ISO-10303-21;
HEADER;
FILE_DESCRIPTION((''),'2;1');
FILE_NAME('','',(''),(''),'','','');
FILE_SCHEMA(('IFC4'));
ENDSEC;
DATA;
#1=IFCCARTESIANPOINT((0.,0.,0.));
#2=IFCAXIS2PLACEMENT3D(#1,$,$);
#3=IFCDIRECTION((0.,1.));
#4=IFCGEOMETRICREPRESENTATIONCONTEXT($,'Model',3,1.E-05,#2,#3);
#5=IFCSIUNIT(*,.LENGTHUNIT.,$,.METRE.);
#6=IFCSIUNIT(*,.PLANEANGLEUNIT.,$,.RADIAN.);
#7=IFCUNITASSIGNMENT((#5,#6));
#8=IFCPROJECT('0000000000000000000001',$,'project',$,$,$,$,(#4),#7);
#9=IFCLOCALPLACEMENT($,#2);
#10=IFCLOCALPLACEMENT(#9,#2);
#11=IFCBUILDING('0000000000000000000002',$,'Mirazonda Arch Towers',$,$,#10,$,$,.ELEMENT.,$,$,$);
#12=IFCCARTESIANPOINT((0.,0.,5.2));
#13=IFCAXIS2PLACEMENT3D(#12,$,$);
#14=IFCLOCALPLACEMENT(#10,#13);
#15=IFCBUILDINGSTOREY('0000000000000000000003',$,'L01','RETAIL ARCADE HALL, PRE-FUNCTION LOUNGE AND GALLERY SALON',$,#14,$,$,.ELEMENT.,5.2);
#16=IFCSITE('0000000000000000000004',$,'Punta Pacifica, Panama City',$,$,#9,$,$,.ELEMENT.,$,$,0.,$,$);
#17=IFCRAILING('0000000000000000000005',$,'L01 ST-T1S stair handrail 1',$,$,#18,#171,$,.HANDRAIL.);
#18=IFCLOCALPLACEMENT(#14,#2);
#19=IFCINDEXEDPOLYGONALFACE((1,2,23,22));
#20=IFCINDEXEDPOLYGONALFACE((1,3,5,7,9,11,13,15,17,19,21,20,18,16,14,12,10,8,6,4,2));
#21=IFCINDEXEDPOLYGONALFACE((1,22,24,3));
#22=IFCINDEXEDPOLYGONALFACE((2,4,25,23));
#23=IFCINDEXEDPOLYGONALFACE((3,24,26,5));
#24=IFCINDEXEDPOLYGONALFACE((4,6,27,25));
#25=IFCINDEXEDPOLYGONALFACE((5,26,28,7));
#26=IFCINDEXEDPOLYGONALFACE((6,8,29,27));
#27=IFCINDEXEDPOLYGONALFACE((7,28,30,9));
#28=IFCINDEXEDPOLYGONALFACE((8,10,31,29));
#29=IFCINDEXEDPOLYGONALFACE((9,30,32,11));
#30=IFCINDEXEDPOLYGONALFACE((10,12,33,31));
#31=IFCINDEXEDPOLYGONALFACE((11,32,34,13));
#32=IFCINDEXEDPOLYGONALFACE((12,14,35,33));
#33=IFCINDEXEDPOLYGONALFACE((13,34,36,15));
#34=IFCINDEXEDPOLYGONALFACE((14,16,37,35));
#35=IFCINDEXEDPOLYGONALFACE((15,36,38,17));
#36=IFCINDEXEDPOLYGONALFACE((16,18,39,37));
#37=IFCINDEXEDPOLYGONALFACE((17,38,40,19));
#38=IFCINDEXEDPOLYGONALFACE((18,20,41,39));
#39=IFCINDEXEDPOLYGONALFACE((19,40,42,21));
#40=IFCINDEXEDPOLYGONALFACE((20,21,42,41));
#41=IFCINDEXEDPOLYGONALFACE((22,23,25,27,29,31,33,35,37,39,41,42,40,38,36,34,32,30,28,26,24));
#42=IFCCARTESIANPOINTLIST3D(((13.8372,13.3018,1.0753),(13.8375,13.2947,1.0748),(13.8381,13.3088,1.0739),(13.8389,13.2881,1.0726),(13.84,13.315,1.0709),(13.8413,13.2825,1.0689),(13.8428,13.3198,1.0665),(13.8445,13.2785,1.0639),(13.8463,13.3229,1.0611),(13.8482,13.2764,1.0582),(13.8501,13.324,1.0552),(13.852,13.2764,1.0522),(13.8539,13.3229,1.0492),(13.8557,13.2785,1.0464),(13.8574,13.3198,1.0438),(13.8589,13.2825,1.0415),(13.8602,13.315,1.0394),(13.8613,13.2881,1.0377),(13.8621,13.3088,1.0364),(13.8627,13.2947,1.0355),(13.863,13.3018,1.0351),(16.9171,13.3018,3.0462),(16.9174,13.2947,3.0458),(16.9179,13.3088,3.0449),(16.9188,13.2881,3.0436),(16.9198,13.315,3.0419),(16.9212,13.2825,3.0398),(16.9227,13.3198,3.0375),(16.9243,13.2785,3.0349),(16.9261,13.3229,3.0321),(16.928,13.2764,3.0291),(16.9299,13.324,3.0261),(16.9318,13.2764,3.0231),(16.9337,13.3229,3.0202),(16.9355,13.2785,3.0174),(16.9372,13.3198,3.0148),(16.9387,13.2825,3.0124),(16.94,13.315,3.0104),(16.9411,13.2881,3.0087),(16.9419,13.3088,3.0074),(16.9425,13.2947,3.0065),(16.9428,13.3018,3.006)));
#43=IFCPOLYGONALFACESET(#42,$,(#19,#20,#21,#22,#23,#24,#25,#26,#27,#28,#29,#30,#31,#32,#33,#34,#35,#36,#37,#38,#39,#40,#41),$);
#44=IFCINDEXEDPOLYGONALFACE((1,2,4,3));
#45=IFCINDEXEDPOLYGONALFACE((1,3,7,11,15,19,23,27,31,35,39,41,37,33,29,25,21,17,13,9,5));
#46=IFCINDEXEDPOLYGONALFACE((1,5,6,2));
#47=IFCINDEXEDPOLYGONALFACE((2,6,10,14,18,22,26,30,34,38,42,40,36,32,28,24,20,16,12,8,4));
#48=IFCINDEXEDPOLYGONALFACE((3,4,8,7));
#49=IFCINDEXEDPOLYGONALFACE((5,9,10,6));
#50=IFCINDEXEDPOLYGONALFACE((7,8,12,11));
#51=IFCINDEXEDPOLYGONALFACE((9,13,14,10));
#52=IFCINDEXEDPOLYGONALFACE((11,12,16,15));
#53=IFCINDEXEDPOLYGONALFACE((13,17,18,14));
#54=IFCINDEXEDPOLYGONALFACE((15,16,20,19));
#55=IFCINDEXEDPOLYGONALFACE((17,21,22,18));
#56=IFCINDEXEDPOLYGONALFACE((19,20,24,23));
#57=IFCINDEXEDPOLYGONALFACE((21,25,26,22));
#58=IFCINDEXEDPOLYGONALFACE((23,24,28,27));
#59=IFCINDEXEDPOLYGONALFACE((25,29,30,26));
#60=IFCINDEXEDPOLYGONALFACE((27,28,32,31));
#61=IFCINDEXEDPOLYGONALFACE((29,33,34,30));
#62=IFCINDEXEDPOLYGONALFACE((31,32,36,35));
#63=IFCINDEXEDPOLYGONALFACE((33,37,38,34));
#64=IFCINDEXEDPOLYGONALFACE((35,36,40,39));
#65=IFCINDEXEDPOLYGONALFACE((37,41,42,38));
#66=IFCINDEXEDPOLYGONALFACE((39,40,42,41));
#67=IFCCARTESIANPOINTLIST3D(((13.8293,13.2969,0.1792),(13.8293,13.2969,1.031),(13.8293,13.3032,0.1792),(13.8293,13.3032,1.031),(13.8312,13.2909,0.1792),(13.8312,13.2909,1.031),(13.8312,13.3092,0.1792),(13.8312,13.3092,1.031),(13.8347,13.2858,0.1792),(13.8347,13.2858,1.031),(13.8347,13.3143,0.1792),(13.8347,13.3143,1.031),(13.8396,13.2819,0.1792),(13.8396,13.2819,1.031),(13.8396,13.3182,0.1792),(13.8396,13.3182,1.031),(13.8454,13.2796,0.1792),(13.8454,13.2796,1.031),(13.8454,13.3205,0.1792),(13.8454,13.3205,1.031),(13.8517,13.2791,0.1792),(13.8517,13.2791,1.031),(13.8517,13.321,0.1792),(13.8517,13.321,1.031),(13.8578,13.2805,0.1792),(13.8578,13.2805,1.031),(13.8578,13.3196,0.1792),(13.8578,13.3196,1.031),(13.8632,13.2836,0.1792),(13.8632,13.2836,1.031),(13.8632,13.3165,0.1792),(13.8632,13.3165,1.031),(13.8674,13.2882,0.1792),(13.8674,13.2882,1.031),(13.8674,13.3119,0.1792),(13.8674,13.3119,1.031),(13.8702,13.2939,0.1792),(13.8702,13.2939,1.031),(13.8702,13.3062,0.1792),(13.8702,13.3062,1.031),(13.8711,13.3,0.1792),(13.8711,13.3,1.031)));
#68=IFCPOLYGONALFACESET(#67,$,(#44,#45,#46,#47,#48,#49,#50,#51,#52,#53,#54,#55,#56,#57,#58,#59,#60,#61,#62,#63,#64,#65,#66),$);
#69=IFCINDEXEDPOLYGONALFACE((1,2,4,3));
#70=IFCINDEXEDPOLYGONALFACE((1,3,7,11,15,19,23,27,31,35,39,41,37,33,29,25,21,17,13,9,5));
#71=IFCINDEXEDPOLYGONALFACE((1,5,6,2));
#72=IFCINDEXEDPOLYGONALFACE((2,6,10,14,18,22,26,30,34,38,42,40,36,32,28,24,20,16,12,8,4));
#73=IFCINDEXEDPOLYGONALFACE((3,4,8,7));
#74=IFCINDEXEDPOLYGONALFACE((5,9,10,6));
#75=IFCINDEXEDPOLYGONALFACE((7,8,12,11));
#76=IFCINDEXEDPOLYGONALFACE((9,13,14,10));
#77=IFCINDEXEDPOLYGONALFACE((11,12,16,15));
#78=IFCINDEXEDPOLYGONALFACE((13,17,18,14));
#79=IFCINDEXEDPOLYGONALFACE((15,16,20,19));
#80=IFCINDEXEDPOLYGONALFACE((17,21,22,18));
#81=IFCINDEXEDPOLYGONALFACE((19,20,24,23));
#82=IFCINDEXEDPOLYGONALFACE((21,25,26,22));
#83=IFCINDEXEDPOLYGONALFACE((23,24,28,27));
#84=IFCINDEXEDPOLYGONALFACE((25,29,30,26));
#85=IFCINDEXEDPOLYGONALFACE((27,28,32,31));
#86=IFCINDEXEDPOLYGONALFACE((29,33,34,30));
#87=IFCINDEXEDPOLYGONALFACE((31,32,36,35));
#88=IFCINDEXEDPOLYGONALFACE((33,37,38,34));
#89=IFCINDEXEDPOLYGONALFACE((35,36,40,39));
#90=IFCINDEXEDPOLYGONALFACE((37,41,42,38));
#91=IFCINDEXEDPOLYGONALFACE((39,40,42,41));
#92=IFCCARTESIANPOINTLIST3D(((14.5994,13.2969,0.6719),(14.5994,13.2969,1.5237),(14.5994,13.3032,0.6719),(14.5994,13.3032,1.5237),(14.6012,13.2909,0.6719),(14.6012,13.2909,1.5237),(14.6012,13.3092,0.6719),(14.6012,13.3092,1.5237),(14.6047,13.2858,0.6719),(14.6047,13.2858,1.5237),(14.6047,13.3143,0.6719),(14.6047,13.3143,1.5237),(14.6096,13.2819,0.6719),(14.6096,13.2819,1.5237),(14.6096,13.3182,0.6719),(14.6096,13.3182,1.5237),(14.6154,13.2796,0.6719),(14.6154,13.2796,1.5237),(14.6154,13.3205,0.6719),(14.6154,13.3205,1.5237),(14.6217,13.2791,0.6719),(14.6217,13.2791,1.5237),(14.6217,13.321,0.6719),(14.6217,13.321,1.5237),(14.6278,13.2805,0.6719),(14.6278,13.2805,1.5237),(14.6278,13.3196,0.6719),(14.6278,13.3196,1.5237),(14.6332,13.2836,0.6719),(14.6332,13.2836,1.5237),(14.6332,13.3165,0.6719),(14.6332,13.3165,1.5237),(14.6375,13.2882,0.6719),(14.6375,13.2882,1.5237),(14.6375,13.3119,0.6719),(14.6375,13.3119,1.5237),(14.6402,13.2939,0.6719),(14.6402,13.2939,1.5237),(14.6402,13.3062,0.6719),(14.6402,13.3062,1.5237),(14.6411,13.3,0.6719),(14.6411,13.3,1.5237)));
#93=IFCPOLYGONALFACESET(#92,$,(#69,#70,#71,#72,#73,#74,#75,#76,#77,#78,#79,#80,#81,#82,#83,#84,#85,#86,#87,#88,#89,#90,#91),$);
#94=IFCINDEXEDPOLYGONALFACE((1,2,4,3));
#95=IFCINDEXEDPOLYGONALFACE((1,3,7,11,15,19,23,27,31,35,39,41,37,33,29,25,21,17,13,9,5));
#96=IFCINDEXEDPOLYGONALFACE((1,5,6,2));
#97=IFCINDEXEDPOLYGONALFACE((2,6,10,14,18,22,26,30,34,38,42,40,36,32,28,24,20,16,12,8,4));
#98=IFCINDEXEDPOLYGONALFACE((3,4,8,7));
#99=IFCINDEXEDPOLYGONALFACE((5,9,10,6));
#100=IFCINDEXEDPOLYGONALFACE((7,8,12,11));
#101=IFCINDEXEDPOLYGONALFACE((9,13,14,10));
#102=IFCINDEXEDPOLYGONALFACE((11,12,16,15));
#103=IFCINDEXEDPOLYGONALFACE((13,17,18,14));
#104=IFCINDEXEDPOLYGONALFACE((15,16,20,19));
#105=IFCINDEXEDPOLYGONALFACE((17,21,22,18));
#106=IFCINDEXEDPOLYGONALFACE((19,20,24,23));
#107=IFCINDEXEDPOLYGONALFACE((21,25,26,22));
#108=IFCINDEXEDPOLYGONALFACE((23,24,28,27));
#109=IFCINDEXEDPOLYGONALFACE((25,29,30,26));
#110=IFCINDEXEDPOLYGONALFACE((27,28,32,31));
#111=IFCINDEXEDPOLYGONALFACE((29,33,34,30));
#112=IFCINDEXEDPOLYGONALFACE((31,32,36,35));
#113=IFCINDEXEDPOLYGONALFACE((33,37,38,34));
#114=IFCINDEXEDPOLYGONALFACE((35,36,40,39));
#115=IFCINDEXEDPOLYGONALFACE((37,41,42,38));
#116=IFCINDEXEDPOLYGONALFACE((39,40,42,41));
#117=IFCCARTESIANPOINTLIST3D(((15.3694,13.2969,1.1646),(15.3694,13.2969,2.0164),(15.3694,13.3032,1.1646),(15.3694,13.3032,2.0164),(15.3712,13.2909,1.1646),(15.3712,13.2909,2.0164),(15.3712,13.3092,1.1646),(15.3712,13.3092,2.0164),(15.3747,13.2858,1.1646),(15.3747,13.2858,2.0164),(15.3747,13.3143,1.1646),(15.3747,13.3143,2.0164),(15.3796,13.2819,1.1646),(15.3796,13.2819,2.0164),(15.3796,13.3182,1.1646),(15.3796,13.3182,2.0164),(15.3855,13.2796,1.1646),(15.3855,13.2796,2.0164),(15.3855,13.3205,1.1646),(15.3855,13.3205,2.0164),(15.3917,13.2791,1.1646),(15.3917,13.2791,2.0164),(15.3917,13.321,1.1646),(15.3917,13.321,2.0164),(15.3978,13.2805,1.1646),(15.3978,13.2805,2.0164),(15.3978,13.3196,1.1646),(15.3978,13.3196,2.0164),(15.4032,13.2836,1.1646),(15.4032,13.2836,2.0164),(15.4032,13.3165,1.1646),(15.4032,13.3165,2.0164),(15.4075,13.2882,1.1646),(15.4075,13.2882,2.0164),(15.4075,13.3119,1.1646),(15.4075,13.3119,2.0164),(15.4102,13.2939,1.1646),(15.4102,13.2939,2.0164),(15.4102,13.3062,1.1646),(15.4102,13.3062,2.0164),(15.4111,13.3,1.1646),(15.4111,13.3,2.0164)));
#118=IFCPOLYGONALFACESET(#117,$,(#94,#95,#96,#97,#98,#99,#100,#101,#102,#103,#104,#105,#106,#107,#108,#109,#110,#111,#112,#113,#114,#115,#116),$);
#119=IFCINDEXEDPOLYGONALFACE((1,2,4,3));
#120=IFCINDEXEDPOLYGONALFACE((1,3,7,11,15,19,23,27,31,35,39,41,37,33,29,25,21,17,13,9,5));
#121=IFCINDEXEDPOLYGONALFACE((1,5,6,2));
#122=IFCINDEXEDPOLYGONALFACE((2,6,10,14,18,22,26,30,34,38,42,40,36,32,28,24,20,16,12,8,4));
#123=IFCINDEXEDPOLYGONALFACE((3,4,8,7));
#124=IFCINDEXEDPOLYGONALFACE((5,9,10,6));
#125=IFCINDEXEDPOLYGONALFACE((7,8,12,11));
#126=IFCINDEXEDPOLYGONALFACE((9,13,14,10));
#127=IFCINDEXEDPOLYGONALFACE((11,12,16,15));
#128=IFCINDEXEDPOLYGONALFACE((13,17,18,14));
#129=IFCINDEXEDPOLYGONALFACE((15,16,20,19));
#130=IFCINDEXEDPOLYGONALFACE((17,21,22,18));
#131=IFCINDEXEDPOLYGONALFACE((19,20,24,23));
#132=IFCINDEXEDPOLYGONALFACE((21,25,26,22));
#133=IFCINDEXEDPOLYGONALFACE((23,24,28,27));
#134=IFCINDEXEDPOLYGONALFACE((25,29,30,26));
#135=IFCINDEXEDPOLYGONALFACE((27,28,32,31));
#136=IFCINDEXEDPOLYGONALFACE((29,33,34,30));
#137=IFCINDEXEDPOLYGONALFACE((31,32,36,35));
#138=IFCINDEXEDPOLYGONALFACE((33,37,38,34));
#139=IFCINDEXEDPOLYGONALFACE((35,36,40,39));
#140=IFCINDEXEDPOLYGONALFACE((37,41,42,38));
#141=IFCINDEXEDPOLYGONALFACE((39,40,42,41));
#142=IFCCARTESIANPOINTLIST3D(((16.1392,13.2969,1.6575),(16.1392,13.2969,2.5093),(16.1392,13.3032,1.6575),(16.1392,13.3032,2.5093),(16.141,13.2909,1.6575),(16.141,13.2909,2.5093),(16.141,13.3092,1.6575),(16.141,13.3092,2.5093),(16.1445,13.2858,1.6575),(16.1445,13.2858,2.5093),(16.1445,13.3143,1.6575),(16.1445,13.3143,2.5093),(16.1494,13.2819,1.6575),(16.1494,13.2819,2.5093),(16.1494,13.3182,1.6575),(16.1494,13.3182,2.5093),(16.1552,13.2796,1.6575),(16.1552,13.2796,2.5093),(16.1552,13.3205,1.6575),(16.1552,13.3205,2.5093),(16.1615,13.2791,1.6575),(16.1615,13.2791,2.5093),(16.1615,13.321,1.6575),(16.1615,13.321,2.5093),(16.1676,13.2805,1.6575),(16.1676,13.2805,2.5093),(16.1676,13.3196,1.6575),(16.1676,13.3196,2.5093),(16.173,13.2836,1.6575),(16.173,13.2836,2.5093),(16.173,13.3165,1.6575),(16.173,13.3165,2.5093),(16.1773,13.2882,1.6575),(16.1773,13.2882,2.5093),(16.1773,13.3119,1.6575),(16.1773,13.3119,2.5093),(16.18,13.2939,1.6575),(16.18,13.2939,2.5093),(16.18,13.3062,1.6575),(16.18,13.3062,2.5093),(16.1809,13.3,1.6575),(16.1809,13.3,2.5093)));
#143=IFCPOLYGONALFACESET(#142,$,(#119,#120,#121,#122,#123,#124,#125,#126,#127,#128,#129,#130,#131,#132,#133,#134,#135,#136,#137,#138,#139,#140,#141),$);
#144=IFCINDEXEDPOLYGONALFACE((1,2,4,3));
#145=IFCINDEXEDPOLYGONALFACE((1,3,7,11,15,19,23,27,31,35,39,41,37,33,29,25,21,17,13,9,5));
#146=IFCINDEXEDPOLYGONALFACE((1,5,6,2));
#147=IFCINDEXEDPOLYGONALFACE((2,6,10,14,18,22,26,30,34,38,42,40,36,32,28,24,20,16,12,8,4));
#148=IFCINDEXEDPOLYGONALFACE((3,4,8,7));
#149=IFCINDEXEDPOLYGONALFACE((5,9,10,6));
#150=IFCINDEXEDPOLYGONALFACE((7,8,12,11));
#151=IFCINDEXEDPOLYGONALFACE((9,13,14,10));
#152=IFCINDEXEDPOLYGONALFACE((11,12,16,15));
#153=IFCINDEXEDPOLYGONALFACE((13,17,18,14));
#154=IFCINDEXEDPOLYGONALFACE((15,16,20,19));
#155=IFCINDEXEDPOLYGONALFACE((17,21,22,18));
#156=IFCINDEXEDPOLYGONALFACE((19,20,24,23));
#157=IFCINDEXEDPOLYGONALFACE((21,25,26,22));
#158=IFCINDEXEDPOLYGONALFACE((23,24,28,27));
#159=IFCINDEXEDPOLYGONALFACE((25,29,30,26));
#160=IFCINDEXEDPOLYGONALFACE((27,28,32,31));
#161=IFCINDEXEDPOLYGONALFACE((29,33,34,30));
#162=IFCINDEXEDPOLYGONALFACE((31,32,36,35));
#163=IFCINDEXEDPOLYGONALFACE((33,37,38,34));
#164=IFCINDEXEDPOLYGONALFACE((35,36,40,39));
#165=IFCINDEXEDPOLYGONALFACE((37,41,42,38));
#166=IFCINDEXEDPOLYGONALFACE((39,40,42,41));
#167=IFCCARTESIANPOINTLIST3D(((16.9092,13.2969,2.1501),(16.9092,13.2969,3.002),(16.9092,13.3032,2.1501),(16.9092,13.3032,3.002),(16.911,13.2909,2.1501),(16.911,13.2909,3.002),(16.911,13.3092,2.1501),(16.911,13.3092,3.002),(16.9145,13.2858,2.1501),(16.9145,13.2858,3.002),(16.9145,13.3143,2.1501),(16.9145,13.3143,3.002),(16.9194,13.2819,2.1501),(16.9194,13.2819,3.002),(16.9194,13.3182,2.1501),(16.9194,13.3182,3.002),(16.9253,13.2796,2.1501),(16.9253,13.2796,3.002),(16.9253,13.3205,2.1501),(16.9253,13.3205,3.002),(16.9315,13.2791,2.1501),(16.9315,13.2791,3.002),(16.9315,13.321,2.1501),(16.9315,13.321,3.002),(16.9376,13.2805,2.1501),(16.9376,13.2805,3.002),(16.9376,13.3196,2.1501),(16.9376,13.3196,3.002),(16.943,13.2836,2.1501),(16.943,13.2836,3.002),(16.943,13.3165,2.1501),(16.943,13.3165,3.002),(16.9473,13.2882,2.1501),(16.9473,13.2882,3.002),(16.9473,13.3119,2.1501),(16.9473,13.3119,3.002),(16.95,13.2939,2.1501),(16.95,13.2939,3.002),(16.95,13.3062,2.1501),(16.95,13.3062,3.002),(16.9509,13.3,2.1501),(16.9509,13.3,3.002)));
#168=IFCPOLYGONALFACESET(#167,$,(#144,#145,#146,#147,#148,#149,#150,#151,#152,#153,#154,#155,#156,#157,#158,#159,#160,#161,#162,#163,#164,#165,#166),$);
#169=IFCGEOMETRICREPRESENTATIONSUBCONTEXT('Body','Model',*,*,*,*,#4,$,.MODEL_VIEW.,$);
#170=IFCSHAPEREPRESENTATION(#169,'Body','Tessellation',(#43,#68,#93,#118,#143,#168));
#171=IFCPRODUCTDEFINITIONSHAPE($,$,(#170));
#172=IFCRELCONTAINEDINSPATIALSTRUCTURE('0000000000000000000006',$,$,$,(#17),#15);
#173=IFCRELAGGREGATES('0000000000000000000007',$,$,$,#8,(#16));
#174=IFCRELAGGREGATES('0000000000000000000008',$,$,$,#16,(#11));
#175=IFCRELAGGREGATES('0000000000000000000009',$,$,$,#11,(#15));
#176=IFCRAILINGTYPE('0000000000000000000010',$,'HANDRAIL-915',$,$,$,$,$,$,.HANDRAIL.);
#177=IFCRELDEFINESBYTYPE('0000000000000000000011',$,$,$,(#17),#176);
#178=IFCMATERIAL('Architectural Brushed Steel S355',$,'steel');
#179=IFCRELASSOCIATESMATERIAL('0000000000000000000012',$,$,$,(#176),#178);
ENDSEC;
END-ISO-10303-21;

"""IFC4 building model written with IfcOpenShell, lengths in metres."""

from ifc_helpers import new_model, si_unit, direction, frame, origin, origin_2d, place, context, subcontext, project, spatial, circle, extrude, material, type_object, element, save


model = new_model("IFC4")

# Units and contexts
model_context = context("Model", 3, precision=1e-05, world=origin(), true_north=direction((0.0, 1.0)))
body_context = subcontext(model_context, "Body", "Model", "MODEL_VIEW")
ifc_project = project(units=[si_unit("LENGTHUNIT", "METRE"), si_unit("PLANEANGLEUNIT", "RADIAN")], contexts=[model_context])

# Site, building, storey
site_placement = place(None, origin())
site = spatial("IfcSite", under=ifc_project, at=site_placement, Name="Punta Pacifica, Panama City", CompositionType="ELEMENT", RefElevation=0.0)
building_placement = place(site_placement, origin())
building = spatial("IfcBuilding", under=site, at=building_placement, Name="Mirazonda Arch Towers", CompositionType="ELEMENT")
storey_placement = place(building_placement, frame((0.0, 0.0, 5.2)))
storey = spatial("IfcBuildingStorey", under=building, at=storey_placement, Name="L01", Description="RETAIL ARCADE HALL, PRE-FUNCTION LOUNGE AND GALLERY SALON", CompositionType="ELEMENT", Elevation=5.2)

# Shared definitions
ifc_material_1 = material(Name="Architectural Brushed Steel S355", Category="steel")

# Railing
railing_type_1 = type_object("IfcRailingType", Name="HANDRAIL-915", PredefinedType="HANDRAIL", material=ifc_material_1)
railing_1_placement = place(storey_placement, frame((13.8501, 13.3, 0.1792)))
element("IfcRailing", 1, at=railing_1_placement, inside=storey, type_object=railing_type_1, Name="L01 ST-T1S stair handrail 1", PredefinedType="HANDRAIL", context=body_context, shape_type="SweptSolid", body=[
    extrude(circle(Radius=0.0239, at=origin_2d()), frame((0.0, 0.0, 0.876), z_axis=(0.84229, 0.0, 0.539025), x_axis=(0.0, 1.0, 0.0)), (0.0, 0.0, 1.0), 3.6565),
    extrude(circle(Radius=0.021, at=origin_2d()), origin(), (0.0, 0.0, 1.0), 0.8518),
    extrude(circle(Radius=0.021, at=origin_2d()), frame((0.77, 0.0, 0.4927)), (0.0, 0.0, 1.0), 0.8518),
    extrude(circle(Radius=0.021, at=origin_2d()), frame((1.54, 0.0, 0.9854)), (0.0, 0.0, 1.0), 0.8518),
    extrude(circle(Radius=0.021, at=origin_2d()), frame((2.3098, 0.0, 1.4783)), (0.0, 0.0, 1.0), 0.8518),
    extrude(circle(Radius=0.021, at=origin_2d()), frame((3.0798, 0.0, 1.9709)), (0.0, 0.0, 1.0), 0.8518),
])

save(model, "model.ifc")
